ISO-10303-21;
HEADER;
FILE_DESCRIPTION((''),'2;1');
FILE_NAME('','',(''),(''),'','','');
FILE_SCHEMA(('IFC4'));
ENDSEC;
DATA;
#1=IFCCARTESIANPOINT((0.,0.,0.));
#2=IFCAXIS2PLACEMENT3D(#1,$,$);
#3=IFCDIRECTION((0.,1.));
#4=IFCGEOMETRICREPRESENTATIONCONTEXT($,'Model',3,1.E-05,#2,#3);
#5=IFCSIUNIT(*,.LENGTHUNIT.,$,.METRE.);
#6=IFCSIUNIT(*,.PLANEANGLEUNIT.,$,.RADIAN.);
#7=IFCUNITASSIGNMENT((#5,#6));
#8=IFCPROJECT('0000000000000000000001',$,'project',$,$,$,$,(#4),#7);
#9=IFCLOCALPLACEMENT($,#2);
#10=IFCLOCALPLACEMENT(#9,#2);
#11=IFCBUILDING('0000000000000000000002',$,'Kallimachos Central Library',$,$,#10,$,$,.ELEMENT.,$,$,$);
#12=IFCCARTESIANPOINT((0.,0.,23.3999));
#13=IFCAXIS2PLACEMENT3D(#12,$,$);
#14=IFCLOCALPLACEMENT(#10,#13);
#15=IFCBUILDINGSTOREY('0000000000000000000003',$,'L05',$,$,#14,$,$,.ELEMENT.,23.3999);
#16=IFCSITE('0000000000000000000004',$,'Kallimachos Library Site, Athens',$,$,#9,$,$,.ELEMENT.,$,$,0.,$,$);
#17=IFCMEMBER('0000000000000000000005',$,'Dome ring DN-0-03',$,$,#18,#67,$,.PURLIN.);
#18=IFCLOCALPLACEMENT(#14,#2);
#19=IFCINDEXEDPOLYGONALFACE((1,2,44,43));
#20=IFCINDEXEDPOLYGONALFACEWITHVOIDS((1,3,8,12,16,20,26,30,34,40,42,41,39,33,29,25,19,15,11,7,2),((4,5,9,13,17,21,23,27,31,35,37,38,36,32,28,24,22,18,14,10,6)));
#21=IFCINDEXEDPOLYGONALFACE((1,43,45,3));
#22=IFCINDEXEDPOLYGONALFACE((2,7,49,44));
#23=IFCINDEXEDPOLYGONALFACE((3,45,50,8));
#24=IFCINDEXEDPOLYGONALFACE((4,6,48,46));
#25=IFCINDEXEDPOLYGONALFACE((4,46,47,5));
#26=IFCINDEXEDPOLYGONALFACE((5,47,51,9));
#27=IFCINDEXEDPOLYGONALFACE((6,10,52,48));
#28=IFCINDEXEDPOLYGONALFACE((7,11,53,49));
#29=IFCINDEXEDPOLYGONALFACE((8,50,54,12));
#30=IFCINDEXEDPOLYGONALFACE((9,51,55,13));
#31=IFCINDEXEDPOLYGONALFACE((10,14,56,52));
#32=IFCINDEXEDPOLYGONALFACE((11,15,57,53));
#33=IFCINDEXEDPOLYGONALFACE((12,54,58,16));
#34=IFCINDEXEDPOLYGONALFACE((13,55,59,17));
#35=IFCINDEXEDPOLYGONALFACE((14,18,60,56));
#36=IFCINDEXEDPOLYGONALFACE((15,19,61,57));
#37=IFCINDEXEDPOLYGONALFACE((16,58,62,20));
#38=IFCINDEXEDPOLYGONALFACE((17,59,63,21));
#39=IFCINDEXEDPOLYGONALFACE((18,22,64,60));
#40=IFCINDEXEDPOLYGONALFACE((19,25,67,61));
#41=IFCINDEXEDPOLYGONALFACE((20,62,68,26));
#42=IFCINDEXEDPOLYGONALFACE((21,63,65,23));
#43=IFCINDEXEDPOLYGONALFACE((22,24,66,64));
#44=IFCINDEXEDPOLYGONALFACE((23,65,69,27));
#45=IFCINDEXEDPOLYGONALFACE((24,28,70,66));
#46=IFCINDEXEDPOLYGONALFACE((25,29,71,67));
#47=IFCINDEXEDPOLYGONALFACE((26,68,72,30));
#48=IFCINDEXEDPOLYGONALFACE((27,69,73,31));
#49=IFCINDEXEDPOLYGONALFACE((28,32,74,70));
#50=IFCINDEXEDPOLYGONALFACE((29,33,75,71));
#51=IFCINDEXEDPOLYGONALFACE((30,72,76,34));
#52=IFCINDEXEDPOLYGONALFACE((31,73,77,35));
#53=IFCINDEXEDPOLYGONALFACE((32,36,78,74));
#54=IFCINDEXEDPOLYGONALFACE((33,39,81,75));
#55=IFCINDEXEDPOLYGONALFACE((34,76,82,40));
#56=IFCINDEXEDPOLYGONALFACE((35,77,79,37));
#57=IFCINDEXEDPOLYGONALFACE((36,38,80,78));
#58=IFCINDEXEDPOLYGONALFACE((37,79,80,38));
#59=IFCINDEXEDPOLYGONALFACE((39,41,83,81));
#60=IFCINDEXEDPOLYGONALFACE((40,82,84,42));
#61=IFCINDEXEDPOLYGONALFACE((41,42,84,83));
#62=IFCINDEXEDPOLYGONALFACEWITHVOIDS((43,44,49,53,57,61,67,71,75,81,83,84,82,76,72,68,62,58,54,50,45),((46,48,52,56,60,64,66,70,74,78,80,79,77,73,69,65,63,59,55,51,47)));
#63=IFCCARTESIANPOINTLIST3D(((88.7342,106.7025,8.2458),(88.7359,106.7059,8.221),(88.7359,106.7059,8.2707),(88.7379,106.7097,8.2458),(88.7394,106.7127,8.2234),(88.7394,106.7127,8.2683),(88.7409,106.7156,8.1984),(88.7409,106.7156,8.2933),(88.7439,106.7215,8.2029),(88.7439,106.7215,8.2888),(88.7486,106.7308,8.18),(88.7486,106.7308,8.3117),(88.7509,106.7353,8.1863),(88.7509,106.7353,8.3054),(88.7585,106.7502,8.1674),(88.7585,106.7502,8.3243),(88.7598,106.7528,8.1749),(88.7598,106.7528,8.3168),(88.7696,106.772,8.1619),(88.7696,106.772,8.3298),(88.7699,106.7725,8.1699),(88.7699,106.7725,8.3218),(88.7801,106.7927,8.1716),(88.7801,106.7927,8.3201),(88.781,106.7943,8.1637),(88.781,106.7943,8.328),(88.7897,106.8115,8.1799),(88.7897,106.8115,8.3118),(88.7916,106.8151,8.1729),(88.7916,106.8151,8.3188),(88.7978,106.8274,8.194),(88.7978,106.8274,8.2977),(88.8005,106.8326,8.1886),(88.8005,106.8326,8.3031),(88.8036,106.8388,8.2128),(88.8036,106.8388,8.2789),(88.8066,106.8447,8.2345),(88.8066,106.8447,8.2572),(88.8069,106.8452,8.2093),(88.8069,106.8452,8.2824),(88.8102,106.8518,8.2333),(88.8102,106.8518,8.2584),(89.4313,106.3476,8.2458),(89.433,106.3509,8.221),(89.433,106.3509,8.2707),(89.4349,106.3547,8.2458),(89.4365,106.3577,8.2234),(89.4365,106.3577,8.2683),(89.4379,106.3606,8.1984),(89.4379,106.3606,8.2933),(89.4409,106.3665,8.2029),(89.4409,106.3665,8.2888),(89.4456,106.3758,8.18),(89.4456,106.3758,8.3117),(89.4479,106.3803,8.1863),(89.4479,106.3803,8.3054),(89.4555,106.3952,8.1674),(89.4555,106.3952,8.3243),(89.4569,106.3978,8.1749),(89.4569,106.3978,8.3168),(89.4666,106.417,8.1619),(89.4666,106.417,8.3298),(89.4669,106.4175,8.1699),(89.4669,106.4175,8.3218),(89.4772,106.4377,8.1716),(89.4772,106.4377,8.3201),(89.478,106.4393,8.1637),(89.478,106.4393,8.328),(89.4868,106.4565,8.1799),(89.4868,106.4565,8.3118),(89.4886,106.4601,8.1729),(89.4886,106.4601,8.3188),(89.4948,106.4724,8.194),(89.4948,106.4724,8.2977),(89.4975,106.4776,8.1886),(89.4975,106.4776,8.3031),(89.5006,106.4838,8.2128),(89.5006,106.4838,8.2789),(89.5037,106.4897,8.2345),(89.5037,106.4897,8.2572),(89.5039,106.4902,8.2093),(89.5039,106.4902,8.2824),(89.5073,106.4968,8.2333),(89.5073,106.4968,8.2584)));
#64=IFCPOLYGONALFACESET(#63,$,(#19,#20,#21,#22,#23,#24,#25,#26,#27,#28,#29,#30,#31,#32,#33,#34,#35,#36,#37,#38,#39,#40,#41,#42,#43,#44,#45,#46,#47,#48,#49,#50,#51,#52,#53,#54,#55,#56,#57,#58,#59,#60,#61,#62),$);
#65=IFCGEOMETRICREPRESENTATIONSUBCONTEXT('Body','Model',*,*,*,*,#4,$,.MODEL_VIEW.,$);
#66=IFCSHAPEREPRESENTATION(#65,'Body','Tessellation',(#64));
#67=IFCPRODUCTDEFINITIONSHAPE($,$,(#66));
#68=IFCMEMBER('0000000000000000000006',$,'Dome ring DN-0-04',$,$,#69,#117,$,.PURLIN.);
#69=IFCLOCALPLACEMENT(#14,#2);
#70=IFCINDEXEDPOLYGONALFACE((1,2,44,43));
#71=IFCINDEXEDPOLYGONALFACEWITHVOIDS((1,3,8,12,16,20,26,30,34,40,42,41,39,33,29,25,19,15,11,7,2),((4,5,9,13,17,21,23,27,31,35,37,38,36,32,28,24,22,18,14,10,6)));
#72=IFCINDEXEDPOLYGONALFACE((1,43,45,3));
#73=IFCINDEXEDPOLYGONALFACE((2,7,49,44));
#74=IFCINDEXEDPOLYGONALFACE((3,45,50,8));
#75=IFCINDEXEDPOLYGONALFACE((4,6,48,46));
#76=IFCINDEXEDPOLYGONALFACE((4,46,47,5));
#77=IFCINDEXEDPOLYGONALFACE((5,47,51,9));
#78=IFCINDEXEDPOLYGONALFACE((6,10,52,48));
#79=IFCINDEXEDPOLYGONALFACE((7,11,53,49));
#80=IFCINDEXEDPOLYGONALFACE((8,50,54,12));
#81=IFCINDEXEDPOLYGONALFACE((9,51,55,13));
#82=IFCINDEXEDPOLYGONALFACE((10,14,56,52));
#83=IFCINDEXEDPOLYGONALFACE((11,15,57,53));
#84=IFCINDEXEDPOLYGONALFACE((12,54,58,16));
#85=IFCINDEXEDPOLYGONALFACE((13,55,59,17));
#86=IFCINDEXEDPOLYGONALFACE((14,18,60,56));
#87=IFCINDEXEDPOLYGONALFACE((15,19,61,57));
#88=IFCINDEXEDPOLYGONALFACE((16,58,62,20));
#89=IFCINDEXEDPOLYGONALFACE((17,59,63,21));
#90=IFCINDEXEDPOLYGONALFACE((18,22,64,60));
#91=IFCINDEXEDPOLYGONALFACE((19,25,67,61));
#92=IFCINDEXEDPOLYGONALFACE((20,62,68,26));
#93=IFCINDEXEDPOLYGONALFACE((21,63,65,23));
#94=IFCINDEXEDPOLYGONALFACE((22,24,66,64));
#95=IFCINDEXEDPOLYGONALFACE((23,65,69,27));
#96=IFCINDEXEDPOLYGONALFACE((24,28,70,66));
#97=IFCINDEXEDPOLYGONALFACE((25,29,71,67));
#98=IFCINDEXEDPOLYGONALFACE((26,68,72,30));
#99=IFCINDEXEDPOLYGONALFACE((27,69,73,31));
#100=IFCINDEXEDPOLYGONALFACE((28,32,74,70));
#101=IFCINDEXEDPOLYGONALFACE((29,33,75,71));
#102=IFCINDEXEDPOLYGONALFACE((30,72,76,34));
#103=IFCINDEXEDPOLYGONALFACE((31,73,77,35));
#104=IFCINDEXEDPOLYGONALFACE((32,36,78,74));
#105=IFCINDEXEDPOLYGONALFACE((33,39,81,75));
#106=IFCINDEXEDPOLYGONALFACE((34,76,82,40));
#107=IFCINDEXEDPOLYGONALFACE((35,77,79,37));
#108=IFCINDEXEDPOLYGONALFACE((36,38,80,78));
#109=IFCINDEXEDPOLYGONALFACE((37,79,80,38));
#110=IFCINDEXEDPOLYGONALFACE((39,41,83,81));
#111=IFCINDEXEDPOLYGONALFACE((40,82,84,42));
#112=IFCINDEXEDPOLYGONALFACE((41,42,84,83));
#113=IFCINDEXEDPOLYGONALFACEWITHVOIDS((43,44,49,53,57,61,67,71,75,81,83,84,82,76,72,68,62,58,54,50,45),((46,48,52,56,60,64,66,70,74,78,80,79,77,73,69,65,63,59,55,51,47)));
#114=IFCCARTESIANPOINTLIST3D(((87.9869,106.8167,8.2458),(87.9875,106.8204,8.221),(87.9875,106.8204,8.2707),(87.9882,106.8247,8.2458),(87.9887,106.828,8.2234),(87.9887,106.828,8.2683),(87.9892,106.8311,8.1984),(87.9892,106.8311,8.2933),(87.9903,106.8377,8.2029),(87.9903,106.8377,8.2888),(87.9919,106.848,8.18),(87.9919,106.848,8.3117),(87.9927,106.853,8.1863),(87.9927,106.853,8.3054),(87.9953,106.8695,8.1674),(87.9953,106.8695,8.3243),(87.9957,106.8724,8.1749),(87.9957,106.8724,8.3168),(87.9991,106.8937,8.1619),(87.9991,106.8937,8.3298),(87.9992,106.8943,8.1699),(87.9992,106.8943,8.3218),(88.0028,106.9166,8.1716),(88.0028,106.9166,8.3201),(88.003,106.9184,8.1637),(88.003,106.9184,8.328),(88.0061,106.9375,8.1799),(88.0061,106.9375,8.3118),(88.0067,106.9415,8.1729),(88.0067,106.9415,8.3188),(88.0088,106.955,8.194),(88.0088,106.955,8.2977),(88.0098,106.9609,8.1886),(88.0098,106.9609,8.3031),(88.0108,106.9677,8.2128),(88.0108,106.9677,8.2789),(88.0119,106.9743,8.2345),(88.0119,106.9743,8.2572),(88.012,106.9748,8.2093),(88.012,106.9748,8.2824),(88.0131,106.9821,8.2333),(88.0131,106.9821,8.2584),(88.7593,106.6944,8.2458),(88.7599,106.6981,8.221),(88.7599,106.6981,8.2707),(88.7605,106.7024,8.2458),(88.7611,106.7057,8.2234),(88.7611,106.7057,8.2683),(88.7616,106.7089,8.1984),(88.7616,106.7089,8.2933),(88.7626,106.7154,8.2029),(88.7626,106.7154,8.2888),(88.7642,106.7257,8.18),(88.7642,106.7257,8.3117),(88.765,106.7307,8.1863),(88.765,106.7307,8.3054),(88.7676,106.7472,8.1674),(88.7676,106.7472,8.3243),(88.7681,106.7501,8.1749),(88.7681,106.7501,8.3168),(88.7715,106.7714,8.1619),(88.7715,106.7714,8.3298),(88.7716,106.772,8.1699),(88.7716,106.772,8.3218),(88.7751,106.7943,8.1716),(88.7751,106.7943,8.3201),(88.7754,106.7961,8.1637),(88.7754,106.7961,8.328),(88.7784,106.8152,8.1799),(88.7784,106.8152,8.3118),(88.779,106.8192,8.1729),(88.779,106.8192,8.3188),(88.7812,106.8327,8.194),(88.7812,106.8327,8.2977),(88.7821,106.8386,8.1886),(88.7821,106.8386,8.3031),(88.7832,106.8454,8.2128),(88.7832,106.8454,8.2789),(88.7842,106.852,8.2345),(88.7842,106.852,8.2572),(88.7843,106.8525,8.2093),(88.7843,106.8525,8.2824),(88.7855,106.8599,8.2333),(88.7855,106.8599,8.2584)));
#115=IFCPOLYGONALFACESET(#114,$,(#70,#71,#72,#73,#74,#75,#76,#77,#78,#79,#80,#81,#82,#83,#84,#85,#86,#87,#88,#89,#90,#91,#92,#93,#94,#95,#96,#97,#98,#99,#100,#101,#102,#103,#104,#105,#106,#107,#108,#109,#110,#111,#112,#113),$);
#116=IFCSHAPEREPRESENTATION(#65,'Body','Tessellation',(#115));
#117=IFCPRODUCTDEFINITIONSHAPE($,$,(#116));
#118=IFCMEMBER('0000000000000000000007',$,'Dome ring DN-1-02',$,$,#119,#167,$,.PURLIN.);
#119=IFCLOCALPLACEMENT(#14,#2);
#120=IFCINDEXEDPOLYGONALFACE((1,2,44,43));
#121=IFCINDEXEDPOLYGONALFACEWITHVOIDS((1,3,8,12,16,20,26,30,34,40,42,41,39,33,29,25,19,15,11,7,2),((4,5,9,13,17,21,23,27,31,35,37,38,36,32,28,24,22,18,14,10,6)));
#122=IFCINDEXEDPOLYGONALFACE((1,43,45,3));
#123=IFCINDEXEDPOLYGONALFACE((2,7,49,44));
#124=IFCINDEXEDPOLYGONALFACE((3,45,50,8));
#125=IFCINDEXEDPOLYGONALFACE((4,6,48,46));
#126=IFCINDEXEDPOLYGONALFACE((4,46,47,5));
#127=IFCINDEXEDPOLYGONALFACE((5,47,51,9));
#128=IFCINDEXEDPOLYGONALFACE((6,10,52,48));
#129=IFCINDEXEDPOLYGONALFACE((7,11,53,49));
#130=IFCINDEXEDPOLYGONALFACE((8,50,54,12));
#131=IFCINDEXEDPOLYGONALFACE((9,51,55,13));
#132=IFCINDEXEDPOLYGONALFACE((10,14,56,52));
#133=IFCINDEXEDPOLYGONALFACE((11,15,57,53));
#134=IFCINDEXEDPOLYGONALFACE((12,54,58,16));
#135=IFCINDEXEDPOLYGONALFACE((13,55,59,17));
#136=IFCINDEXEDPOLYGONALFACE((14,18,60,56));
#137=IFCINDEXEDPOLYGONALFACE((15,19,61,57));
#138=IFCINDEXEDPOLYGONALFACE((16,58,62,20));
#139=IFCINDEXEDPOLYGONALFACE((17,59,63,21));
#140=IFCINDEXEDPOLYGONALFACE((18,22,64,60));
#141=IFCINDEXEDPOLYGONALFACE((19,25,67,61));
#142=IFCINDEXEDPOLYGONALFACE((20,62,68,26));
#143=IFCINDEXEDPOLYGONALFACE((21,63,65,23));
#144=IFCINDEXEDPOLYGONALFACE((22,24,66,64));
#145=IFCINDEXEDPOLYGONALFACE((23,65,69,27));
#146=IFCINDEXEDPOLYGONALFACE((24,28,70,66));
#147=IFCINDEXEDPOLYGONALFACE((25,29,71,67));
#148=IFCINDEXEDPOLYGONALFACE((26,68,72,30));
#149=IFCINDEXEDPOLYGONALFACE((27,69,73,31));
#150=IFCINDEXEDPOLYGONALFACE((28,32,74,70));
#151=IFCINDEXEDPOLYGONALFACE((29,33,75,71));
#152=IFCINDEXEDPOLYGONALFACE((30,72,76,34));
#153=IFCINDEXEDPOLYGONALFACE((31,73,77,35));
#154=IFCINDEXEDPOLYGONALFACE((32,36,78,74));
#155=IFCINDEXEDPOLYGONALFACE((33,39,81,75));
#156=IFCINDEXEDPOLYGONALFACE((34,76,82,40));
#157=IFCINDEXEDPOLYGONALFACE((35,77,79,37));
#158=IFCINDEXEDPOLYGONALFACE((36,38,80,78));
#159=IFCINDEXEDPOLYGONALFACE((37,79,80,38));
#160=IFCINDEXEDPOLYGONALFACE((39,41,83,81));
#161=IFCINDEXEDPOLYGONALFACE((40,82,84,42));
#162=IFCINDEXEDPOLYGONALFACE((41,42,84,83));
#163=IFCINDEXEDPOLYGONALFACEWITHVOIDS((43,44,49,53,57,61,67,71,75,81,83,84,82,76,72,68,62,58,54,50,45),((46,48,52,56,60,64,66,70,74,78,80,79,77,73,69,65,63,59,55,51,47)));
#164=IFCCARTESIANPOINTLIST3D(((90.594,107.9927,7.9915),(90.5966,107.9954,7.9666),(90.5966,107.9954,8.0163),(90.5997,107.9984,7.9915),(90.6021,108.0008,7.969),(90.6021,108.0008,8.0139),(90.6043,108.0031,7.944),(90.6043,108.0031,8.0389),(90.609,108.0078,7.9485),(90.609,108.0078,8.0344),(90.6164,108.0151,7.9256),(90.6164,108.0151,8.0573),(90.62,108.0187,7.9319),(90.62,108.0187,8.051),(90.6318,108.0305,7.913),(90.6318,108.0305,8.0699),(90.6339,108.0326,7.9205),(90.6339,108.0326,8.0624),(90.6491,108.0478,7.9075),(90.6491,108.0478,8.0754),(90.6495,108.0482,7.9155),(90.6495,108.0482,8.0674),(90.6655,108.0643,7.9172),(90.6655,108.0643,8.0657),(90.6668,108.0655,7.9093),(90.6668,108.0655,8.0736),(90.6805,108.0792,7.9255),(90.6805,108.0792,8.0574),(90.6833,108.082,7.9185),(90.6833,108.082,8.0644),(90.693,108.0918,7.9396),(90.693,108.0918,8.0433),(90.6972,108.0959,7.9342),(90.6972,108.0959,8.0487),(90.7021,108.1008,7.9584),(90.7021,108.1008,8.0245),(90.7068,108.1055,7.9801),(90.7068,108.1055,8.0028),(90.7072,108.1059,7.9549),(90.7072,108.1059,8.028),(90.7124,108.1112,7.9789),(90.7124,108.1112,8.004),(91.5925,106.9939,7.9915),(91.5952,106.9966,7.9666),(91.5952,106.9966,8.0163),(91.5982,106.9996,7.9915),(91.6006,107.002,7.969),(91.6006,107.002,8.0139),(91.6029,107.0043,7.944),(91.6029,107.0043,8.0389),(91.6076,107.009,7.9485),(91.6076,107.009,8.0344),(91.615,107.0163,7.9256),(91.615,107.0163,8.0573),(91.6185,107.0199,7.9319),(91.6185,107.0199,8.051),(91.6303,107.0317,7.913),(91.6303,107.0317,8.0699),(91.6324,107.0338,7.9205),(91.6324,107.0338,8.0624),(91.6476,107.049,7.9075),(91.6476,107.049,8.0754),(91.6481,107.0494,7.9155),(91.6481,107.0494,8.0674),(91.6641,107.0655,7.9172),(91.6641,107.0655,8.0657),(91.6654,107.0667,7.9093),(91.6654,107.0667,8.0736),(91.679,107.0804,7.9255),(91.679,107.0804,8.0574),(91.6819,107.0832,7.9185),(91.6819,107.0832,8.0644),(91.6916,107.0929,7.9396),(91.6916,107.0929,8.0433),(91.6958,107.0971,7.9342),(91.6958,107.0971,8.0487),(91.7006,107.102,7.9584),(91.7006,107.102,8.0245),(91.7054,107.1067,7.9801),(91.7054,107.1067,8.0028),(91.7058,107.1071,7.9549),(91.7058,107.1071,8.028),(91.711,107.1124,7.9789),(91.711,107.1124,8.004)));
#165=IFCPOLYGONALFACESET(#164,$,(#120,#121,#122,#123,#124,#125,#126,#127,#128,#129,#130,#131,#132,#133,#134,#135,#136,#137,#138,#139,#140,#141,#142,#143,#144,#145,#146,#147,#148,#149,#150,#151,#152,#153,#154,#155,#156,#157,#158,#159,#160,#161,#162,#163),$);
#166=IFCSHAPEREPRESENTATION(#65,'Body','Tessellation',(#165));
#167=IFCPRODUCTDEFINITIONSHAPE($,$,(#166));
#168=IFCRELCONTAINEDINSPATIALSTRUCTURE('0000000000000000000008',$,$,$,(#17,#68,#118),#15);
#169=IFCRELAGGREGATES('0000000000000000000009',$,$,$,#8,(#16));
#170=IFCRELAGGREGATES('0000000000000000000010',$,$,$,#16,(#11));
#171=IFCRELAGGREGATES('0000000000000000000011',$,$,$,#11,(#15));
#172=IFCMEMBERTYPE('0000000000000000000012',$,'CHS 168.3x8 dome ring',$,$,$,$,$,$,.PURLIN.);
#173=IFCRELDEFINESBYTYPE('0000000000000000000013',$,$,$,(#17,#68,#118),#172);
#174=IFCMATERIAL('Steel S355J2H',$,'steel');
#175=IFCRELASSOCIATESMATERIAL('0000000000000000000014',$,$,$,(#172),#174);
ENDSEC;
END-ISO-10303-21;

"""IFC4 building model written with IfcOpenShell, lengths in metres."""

from ifc_helpers import new_model, si_unit, direction, frame, origin, origin_2d, place, context, subcontext, project, spatial, hollow_circle, extrude, material, material_profile, profile_set, type_object, element, save


model = new_model("IFC4")

# Units and contexts
model_context = context("Model", 3, precision=1e-05, world=origin(), true_north=direction((0.0, 1.0)))
body_context = subcontext(model_context, "Body", "Model", "MODEL_VIEW")
ifc_project = project(units=[si_unit("LENGTHUNIT", "METRE"), si_unit("PLANEANGLEUNIT", "RADIAN")], contexts=[model_context])

# Site, building, storey
site_placement = place(None, origin())
site = spatial("IfcSite", under=ifc_project, at=site_placement, Name="Kallimachos Library Site, Athens", CompositionType="ELEMENT", RefElevation=0.0)
building_placement = place(site_placement, origin())
building = spatial("IfcBuilding", under=site, at=building_placement, Name="Kallimachos Central Library", CompositionType="ELEMENT")
storey_placement = place(building_placement, frame((0.0, 0.0, 23.3999)))
storey = spatial("IfcBuildingStorey", under=building, at=storey_placement, Name="L05", CompositionType="ELEMENT", Elevation=23.3999)

# Members
ifc_material_1 = material(Name="Steel S355J2H", Category="steel")
ifc_material_profile_1 = material_profile(ifc_material_1, hollow_circle(Radius=0.0842, WallThickness=0.0081, at=origin_2d()), Name="CHS 168.3x8")
ifc_profile_set_1 = profile_set([ifc_material_profile_1], Name="Steel S355J2H")
member_type_1 = type_object("IfcMemberType", Name="CHS 168.3x8 dome ring", PredefinedType="PURLIN", material=ifc_profile_set_1)
for number, where, z_axis, x_axis, name in (
    (1, (89.4695, 106.4226, 8.2458), (-0.891094, 0.453818, 0.0), (-0.453818, -0.891094, 0.0), "Dome ring DN-0-03"),
):
    element("IfcMember", number, at=place(storey_placement, frame(where, z_axis=z_axis, x_axis=x_axis)), inside=storey, type_object=member_type_1, Name=name, PredefinedType="PURLIN", context=body_context, shape_type="SweptSolid", body=[
        extrude(hollow_circle(Radius=0.0842, WallThickness=0.0081, at=origin_2d()), origin(), (0.0, 0.0, 1.0), 0.7822),
    ])
member_1_placement = place(storey_placement, frame((88.7725, 106.7776, 8.2458), z_axis=(-0.987695, 0.156395, 0.0), x_axis=(-0.156395, -0.987695, 0.0)))
element("IfcMember", 2, at=member_1_placement, inside=storey, type_object=member_type_1, Name="Dome ring DN-0-04", PredefinedType="PURLIN", context=body_context, shape_type="SweptSolid", body=[
    extrude(hollow_circle(Radius=0.0842, WallThickness=0.0081, at=origin_2d()), origin(), (0.0, 0.0, 1.0), 0.782),
])
for number, where, z_axis, x_axis, name in (
    (3, (91.6521, 107.0535, 7.9915), (-0.70702, 0.707193, 0.0), (-0.707193, -0.70702, 0.0), "Dome ring DN-1-02"),
):
    element("IfcMember", number, at=place(storey_placement, frame(where, z_axis=z_axis, x_axis=x_axis)), inside=storey, type_object=member_type_1, Name=name, PredefinedType="PURLIN", context=body_context, shape_type="SweptSolid", body=[
        extrude(hollow_circle(Radius=0.0842, WallThickness=0.0081, at=origin_2d()), origin(), (0.0, 0.0, 1.0), 1.4124),
    ])

save(model, "model.ifc")
